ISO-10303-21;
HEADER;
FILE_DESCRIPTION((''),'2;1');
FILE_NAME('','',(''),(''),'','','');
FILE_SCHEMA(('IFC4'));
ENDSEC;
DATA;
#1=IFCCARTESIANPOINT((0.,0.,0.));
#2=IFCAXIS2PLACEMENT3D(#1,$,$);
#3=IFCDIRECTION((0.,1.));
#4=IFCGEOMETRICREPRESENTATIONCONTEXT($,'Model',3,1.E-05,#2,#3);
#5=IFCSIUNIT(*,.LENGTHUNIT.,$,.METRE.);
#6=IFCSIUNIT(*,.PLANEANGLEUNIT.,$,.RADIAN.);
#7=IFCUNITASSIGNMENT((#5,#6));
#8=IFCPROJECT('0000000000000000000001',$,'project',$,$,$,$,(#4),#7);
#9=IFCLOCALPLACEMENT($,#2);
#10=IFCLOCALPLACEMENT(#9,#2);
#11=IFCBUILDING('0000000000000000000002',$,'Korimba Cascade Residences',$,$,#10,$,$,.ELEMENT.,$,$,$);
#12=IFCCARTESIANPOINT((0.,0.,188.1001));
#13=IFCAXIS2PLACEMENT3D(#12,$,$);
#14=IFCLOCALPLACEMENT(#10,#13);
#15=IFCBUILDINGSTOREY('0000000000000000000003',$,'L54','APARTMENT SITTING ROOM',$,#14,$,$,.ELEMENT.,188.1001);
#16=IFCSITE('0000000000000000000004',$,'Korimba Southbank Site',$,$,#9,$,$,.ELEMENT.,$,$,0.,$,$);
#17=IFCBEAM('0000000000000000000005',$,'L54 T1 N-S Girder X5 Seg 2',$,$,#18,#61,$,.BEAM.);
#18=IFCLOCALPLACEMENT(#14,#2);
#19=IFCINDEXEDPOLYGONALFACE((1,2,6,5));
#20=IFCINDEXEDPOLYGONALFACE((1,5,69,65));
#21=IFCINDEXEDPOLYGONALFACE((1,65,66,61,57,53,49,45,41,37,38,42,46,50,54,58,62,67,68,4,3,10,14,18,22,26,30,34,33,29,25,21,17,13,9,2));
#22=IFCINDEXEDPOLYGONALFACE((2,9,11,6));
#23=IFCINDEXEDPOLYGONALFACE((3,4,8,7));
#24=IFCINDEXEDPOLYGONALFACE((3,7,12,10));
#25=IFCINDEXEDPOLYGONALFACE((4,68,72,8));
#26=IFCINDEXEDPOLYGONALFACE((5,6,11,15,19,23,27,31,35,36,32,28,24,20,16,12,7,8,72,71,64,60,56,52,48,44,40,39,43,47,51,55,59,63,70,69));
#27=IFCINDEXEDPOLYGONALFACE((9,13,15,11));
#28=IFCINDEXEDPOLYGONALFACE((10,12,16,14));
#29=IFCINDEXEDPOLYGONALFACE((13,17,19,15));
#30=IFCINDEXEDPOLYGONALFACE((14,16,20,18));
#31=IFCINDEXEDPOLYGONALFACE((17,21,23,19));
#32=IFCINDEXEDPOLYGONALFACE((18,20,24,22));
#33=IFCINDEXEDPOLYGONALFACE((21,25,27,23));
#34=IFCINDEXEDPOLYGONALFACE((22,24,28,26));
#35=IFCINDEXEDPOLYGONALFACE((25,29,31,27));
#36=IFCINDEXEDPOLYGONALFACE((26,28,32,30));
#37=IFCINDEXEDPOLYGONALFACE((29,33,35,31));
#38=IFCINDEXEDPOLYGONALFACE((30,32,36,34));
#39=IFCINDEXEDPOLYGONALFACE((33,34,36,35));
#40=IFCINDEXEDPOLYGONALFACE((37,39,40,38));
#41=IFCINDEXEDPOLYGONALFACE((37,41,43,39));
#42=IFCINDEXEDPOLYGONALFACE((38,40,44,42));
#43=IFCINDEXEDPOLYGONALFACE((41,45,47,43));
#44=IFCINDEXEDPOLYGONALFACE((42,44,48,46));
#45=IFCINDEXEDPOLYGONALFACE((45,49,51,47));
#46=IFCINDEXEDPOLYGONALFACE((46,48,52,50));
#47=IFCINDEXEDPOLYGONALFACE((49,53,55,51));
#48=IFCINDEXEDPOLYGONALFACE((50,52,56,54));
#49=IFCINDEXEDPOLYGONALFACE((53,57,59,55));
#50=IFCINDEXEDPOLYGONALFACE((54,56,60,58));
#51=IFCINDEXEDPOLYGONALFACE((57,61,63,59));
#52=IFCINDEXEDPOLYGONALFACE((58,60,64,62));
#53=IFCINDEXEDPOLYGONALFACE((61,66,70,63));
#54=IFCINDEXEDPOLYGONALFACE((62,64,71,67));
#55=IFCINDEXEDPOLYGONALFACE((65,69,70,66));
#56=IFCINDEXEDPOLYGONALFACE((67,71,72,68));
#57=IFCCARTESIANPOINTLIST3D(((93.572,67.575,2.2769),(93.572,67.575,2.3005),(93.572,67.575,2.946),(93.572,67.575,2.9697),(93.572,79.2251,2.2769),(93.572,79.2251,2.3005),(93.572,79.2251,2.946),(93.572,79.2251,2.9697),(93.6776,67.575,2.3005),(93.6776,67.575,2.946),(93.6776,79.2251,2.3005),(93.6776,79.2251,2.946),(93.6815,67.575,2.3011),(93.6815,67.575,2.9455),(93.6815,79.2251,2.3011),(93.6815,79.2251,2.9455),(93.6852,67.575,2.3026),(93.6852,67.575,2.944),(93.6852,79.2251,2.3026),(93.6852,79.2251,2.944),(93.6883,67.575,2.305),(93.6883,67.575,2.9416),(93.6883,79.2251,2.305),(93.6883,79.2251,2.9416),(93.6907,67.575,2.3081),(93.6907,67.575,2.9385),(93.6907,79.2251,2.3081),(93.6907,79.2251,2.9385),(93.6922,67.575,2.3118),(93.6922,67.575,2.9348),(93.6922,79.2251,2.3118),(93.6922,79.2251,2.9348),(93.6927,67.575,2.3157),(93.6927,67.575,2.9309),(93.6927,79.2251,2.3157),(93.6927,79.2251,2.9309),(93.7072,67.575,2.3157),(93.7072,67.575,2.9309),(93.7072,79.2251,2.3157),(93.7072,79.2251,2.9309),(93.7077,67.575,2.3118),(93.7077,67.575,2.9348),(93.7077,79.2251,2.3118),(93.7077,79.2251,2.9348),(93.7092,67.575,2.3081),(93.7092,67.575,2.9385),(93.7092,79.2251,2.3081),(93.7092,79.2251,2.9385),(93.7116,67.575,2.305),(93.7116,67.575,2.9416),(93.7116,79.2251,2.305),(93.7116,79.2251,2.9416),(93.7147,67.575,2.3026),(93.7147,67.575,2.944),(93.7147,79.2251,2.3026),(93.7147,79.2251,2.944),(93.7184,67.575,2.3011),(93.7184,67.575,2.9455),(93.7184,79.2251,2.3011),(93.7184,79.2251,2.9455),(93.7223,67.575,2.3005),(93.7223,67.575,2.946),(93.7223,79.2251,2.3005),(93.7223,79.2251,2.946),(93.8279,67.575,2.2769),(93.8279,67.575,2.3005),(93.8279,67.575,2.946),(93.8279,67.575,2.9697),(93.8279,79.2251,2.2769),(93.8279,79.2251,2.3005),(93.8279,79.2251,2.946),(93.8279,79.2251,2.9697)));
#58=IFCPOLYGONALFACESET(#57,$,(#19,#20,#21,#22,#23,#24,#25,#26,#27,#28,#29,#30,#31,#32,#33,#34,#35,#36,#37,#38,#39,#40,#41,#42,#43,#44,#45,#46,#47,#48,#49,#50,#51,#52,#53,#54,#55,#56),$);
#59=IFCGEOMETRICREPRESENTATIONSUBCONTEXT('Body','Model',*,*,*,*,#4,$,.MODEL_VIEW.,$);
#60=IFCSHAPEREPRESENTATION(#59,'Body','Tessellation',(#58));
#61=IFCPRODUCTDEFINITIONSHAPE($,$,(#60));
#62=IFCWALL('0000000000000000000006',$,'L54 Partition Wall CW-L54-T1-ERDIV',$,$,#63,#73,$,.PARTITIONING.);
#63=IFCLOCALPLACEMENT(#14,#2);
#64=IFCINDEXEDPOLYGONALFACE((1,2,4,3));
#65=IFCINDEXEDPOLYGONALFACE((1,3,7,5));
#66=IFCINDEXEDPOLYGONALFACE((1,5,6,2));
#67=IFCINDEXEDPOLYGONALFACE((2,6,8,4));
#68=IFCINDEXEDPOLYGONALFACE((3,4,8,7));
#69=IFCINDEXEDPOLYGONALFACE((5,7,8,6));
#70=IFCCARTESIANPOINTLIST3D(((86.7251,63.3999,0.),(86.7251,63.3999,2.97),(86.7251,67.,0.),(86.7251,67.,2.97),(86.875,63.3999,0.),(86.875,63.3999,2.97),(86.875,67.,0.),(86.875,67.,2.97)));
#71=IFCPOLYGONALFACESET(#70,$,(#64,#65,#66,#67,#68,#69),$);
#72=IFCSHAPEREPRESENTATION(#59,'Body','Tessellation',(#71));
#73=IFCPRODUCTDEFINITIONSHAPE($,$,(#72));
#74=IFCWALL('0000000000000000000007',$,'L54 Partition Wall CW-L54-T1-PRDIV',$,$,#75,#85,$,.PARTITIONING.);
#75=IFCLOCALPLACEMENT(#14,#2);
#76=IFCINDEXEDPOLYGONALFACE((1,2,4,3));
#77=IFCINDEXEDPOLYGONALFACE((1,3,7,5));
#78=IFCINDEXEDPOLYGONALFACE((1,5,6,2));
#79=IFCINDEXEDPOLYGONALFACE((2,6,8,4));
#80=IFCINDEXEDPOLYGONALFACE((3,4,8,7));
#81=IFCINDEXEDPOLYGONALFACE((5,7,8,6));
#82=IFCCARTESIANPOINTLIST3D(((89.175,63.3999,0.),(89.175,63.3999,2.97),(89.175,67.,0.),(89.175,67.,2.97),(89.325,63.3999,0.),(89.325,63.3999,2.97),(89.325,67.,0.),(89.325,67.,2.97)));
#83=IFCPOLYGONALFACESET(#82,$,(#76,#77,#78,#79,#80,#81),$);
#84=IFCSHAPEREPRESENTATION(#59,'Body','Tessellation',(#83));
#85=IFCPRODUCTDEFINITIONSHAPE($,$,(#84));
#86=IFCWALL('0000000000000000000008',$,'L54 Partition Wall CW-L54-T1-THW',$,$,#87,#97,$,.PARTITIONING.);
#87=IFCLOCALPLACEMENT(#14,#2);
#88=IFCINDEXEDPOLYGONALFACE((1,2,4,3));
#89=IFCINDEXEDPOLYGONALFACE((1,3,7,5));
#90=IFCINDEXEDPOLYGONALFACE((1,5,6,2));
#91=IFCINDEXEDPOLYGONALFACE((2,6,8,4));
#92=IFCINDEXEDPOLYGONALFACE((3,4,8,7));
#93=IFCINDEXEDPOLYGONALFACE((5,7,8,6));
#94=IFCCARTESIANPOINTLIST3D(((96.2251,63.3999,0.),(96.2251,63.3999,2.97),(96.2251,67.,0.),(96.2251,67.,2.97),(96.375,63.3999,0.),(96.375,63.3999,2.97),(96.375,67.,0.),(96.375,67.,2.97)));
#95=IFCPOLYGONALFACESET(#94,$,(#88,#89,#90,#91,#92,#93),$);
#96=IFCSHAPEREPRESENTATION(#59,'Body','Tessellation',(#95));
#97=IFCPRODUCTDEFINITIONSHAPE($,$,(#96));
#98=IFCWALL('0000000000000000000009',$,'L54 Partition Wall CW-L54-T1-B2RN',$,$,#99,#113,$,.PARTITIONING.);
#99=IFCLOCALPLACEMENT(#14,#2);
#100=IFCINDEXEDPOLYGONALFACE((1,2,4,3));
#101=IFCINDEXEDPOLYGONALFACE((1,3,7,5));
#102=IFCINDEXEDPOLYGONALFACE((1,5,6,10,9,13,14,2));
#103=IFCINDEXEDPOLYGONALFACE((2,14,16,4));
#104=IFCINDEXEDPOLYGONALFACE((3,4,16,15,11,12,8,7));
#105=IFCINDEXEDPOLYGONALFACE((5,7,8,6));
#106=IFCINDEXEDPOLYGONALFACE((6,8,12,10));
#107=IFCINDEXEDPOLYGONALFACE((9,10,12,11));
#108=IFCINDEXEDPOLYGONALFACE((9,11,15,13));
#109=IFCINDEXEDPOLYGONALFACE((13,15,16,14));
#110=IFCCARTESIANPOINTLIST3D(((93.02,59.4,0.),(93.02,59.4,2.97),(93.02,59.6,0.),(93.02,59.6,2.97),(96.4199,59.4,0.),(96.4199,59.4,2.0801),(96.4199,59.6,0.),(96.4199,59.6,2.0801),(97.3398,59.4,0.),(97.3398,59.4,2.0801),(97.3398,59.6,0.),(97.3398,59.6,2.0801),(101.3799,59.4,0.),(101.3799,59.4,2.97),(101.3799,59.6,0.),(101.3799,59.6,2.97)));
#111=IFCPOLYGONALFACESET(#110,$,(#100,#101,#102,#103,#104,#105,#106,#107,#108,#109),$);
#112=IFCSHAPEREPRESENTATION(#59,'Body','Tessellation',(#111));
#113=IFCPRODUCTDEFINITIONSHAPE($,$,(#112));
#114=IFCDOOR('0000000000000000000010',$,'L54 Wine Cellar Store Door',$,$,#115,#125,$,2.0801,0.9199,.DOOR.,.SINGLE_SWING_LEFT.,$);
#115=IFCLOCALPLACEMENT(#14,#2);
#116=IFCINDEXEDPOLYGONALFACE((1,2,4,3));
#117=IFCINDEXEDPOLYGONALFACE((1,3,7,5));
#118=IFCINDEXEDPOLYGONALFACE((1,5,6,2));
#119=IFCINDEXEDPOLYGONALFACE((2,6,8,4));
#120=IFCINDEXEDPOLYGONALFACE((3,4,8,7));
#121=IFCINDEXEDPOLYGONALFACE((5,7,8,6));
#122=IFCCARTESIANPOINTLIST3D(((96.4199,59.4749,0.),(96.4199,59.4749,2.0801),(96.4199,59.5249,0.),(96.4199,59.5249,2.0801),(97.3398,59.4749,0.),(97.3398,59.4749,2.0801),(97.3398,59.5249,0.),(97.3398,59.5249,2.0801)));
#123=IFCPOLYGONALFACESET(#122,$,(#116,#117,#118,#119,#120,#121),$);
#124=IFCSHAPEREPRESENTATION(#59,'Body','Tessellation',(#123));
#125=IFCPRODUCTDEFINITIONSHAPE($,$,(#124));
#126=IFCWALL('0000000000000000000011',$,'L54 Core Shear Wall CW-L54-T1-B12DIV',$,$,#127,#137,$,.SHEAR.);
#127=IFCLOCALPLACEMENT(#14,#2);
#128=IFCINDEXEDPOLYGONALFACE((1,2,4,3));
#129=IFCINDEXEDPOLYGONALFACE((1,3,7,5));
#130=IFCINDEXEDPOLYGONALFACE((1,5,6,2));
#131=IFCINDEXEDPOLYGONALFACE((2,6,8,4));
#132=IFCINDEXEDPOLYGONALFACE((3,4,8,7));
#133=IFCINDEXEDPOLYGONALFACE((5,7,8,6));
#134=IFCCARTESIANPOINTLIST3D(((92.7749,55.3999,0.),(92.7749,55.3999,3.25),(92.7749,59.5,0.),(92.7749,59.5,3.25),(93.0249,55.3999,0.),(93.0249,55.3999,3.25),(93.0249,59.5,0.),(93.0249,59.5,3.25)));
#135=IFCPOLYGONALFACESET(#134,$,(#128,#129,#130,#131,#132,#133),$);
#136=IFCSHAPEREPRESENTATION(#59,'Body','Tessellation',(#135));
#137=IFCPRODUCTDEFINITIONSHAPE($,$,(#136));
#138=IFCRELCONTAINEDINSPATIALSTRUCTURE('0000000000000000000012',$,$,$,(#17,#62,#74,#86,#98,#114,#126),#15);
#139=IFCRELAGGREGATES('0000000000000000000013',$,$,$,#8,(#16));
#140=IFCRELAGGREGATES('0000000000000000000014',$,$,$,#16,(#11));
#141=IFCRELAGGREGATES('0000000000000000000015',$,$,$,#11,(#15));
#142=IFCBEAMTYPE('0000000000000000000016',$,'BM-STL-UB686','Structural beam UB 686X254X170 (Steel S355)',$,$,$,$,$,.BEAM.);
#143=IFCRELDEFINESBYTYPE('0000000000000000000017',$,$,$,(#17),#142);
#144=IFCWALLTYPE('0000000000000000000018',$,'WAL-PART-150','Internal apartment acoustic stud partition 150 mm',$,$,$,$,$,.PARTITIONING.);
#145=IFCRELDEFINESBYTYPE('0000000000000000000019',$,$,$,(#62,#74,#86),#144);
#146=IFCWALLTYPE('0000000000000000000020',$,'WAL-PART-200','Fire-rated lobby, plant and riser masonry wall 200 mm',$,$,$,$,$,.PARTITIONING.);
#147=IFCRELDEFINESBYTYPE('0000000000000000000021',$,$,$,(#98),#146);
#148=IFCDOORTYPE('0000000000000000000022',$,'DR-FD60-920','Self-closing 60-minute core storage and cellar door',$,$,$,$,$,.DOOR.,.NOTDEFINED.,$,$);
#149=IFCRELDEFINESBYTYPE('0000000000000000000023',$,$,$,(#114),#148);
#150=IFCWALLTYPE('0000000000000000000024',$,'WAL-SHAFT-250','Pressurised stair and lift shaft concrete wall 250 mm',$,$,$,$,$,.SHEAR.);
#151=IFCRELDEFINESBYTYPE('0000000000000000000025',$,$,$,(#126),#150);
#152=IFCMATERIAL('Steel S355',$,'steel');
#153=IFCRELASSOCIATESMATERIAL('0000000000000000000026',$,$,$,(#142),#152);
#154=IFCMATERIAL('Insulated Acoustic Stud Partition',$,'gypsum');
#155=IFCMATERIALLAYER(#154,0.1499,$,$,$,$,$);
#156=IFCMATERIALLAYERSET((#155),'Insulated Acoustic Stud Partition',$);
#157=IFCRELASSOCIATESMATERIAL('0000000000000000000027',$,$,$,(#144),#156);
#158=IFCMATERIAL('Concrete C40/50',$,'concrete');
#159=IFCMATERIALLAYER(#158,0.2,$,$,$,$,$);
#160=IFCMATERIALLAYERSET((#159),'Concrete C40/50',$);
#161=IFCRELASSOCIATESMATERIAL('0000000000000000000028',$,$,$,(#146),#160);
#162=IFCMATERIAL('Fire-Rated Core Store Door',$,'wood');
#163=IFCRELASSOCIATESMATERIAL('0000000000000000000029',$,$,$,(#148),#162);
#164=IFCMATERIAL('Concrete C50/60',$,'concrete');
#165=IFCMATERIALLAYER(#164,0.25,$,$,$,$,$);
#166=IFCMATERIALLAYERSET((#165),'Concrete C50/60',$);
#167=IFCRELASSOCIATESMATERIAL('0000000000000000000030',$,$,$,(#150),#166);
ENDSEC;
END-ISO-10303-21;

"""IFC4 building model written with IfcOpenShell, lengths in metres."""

from ifc_helpers import new_model, si_unit, direction, frame, frame_2d, origin, origin_2d, place, context, subcontext, project, spatial, rectangle, i_section, extrude, material, layer, layer_set, material_profile, profile_set, type_object, element, fill, save


model = new_model("IFC4")

# Units and contexts
model_context = context("Model", 3, precision=1e-05, world=origin(), true_north=direction((0.0, 1.0)))
body_context = subcontext(model_context, "Body", "Model", "MODEL_VIEW")
ifc_project = project(units=[si_unit("LENGTHUNIT", "METRE"), si_unit("PLANEANGLEUNIT", "RADIAN")], contexts=[model_context])

# Site, building, storey
site_placement = place(None, origin())
site = spatial("IfcSite", under=ifc_project, at=site_placement, Name="Korimba Southbank Site", CompositionType="ELEMENT", RefElevation=0.0)
building_placement = place(site_placement, origin())
building = spatial("IfcBuilding", under=site, at=building_placement, Name="Korimba Cascade Residences", CompositionType="ELEMENT")
storey_placement = place(building_placement, frame((0.0, 0.0, 188.1001)))
storey = spatial("IfcBuildingStorey", under=building, at=storey_placement, Name="L54", Description="APARTMENT SITTING ROOM", CompositionType="ELEMENT", Elevation=188.1001)

# Beam
ifc_material_1 = material(Name="Steel S355", Category="steel")
ifc_material_profile_1 = material_profile(ifc_material_1, i_section(OverallWidth=0.2559, OverallDepth=0.6929, WebThickness=0.0144, FlangeThickness=0.0237, FilletRadius=0.0151, at=origin_2d()), Name="Steel S355")
ifc_profile_set_1 = profile_set([ifc_material_profile_1], Name="Steel S355")
beam_type = type_object("IfcBeamType", Name="BM-STL-UB686", Description="Structural beam UB 686X254X170 (Steel S355)", PredefinedType="BEAM", material=ifc_profile_set_1)
beam_1_placement = place(storey_placement, frame((93.7, 67.575, 2.6233), z_axis=(0.0, 1.0, 0.0), x_axis=(-1.0, 0.0, 0.0)))
element("IfcBeam", 1, at=beam_1_placement, inside=storey, type_object=beam_type, Name="L54 T1 N-S Girder X5 Seg 2", PredefinedType="BEAM", context=body_context, shape_type="SweptSolid", body=[
    extrude(i_section(OverallWidth=0.2559, OverallDepth=0.6929, WebThickness=0.0144, FlangeThickness=0.0237, FilletRadius=0.0151, at=origin_2d()), origin(), (0.0, 0.0, 1.0), 11.6501),
])

# Walls
ifc_material_2 = material(Name="Insulated Acoustic Stud Partition", Category="gypsum")
ifc_layer_1 = layer(ifc_material_2, 0.1499)
ifc_layer_set_1 = layer_set([ifc_layer_1], Name="Insulated Acoustic Stud Partition")
wall_type_1 = type_object("IfcWallType", Name="WAL-PART-150", Description="Internal apartment acoustic stud partition 150 mm", PredefinedType="PARTITIONING", material=ifc_layer_set_1)
for number, where, z_axis, x_axis, name in (
    (2, (86.8, 63.3999, 0.0), (0.0, 0.0, 1.0), (0.0, 1.0, 0.0), "L54 Partition Wall CW-L54-T1-ERDIV"),
    (3, (89.25, 63.3999, 0.0), (0.0, 0.0, 1.0), (0.0, 1.0, 0.0), "L54 Partition Wall CW-L54-T1-PRDIV"),
    (4, (96.3, 63.3999, 0.0), (0.0, 0.0, 1.0), (0.0, 1.0, 0.0), "L54 Partition Wall CW-L54-T1-THW"),
):
    element("IfcWall", number, at=place(storey_placement, frame(where, z_axis=z_axis, x_axis=x_axis)), inside=storey, type_object=wall_type_1, Name=name, PredefinedType="PARTITIONING", context=body_context, shape_type="SweptSolid", body=[
        extrude(rectangle(XDim=3.6001, YDim=0.1499, at=frame_2d((1.8, 0.0))), origin(), (0.0, 0.0, 1.0), 2.97),
    ])

# Wall, opening, door
ifc_material_3 = material(Name="Concrete C40/50", Category="concrete")
ifc_layer_2 = layer(ifc_material_3, 0.2)
ifc_layer_set_2 = layer_set([ifc_layer_2], Name="Concrete C40/50")
wall_type_2 = type_object("IfcWallType", Name="WAL-PART-200", Description="Fire-rated lobby, plant and riser masonry wall 200 mm", PredefinedType="PARTITIONING", material=ifc_layer_set_2)
wall_1_placement = place(storey_placement, frame((93.02, 59.5, 0.0), z_axis=(0.0, 0.0, 1.0), x_axis=(1.0, 0.0, 0.0)))
wall_1 = element("IfcWall", 5, at=wall_1_placement, inside=storey, type_object=wall_type_2, Name="L54 Partition Wall CW-L54-T1-B2RN", PredefinedType="PARTITIONING", context=body_context, shape_type="SweptSolid", body=[
    extrude(rectangle(XDim=8.3599, YDim=0.2, at=frame_2d((4.1799, 0.0))), origin(), (0.0, 0.0, 1.0), 2.97),
])
opening_placement = place(wall_1_placement, frame((3.3999, 0.0, 0.0)))
opening = element("IfcOpeningElement", 6, at=opening_placement, cuts=wall_1, PredefinedType="OPENING", context=body_context, shape_type="SweptSolid", body=[
    extrude(rectangle(XDim=0.9199, YDim=2.0801, at=frame_2d((0.46, 1.04))), frame((0.0, 0.1099, 0.0), z_axis=(0.0, -1.0, 0.0), x_axis=(1.0, 0.0, 0.0)), (0.0, 0.0, 1.0), 0.22),
])
ifc_material_4 = material(Name="Fire-Rated Core Store Door", Category="wood")
door_type = type_object("IfcDoorType", Name="DR-FD60-920", Description="Self-closing 60-minute core storage and cellar door", OperationType="NOTDEFINED", PredefinedType="DOOR", material=ifc_material_4)
door_placement = place(opening_placement, origin())
door = element("IfcDoor", 7, at=door_placement, inside=storey, type_object=door_type, Name="L54 Wine Cellar Store Door", OperationType="SINGLE_SWING_LEFT", OverallHeight=2.0801, OverallWidth=0.9199, PredefinedType="DOOR", context=body_context, shape_type="SweptSolid", body=[
    extrude(rectangle(XDim=0.9199, YDim=2.0801, at=frame_2d((0.46, 1.04))), frame((0.0, 0.0249, 0.0), z_axis=(0.0, -1.0, 0.0), x_axis=(1.0, 0.0, 0.0)), (0.0, 0.0, 1.0), 0.05),
])
fill(opening, door)

# Wall
ifc_material_5 = material(Name="Concrete C50/60", Category="concrete")
ifc_layer_3 = layer(ifc_material_5, 0.25)
ifc_layer_set_3 = layer_set([ifc_layer_3], Name="Concrete C50/60")
wall_type_3 = type_object("IfcWallType", Name="WAL-SHAFT-250", Description="Pressurised stair and lift shaft concrete wall 250 mm", PredefinedType="SHEAR", material=ifc_layer_set_3)
wall_2_placement = place(storey_placement, frame((92.8999, 55.3999, 0.0), z_axis=(0.0, 0.0, 1.0), x_axis=(0.0, 1.0, 0.0)))
element("IfcWall", 8, at=wall_2_placement, inside=storey, type_object=wall_type_3, Name="L54 Core Shear Wall CW-L54-T1-B12DIV", PredefinedType="SHEAR", context=body_context, shape_type="SweptSolid", body=[
    extrude(rectangle(XDim=4.1001, YDim=0.25, at=frame_2d((2.05, 0.0))), origin(), (0.0, 0.0, 1.0), 3.25),
])

save(model, "model.ifc")
